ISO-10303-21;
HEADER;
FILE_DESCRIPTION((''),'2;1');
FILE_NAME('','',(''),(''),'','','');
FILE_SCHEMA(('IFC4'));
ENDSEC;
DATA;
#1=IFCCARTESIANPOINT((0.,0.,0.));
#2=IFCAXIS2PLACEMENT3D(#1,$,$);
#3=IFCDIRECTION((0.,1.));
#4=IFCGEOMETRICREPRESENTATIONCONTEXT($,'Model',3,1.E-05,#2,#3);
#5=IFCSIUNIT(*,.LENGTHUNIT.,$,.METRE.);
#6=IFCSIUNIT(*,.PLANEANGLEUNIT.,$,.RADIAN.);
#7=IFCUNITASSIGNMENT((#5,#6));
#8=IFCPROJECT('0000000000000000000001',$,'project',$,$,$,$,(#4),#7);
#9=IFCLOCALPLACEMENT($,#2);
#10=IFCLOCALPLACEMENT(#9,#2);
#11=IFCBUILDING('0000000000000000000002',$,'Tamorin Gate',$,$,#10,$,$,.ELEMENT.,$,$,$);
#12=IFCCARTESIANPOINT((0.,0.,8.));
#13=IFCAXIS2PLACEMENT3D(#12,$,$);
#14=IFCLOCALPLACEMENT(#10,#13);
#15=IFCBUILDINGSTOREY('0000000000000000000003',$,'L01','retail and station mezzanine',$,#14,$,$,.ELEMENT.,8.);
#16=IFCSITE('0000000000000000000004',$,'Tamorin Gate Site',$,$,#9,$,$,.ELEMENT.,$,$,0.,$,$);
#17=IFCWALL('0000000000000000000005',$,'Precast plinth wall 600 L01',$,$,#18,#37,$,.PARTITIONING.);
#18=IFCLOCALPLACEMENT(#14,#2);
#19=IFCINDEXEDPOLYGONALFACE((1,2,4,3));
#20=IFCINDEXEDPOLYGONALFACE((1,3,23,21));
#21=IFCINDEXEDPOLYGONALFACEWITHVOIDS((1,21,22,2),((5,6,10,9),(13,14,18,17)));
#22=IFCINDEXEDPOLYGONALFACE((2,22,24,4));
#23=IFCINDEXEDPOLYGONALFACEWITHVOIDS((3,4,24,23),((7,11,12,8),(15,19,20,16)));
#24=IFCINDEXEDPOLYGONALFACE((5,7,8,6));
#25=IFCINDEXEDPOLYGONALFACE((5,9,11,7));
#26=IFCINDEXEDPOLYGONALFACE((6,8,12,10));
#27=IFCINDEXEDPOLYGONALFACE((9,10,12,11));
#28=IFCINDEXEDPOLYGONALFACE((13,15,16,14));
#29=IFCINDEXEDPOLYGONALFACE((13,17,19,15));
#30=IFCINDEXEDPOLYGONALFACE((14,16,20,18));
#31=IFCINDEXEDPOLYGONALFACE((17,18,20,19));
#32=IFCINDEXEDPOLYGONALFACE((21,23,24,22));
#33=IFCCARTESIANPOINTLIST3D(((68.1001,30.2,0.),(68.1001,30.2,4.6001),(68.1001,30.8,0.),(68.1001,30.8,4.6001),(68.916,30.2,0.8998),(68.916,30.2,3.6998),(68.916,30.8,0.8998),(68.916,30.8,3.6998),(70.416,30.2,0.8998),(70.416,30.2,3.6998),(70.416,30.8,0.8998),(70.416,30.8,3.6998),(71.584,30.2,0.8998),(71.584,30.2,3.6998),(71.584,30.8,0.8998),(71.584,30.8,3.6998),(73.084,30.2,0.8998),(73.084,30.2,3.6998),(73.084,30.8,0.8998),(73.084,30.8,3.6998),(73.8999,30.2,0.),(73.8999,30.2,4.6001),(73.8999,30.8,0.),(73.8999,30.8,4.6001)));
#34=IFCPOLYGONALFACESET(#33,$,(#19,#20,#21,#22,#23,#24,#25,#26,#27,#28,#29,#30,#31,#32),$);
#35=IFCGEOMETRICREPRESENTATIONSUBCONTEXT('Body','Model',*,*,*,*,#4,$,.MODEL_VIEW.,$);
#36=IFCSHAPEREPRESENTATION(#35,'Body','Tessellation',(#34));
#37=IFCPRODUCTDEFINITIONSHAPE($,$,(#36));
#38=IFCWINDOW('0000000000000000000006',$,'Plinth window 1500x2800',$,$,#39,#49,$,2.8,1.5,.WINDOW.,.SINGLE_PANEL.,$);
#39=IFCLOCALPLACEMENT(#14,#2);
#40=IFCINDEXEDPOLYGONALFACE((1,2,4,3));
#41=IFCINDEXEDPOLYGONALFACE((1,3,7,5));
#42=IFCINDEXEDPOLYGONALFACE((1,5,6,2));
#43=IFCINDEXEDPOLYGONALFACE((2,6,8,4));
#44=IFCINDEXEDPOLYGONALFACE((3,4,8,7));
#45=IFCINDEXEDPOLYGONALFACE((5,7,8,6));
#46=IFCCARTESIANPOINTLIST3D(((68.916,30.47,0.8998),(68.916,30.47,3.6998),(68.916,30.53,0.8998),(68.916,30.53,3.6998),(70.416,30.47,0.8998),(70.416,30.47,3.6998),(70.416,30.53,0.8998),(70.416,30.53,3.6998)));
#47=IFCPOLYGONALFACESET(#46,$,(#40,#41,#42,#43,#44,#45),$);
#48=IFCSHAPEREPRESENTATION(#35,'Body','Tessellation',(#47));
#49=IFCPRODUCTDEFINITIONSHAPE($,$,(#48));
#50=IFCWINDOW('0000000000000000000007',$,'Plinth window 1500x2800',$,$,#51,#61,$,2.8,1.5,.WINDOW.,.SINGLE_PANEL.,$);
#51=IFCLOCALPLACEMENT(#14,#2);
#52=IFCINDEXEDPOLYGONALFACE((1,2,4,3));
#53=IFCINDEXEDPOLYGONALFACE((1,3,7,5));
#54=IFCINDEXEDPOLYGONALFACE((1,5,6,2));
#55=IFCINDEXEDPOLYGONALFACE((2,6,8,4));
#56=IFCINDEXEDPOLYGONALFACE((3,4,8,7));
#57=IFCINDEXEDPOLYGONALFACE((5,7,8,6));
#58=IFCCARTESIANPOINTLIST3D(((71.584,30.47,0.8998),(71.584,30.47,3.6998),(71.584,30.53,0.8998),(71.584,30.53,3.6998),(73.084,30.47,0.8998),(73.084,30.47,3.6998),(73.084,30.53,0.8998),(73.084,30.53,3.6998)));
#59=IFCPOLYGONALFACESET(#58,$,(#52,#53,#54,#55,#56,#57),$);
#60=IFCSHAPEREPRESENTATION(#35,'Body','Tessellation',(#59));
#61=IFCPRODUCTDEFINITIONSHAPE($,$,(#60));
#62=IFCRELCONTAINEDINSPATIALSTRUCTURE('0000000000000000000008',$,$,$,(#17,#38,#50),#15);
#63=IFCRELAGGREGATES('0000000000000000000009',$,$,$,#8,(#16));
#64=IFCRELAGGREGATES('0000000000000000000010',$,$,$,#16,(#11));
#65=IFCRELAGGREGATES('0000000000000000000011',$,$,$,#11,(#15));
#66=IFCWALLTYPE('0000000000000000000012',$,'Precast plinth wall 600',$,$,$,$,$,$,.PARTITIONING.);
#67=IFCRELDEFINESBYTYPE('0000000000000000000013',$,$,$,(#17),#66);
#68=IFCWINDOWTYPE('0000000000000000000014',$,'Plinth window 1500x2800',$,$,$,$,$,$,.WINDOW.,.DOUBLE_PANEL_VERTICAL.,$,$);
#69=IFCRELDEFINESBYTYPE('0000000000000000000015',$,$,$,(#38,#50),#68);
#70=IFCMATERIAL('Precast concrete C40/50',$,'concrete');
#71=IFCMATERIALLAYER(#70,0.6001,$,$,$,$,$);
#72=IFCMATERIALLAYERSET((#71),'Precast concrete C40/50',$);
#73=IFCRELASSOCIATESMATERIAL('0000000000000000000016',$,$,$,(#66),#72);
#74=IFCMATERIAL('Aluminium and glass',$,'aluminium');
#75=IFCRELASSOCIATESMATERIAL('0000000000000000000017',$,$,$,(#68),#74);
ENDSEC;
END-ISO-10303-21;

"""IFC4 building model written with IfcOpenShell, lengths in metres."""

from ifc_helpers import new_model, si_unit, direction, frame, frame_2d, origin, place, context, subcontext, project, spatial, rectangle, extrude, material, layer, layer_set, type_object, element, fill, save


model = new_model("IFC4")

# Units and contexts
model_context = context("Model", 3, precision=1e-05, world=origin(), true_north=direction((0.0, 1.0)))
body_context = subcontext(model_context, "Body", "Model", "MODEL_VIEW")
ifc_project = project(units=[si_unit("LENGTHUNIT", "METRE"), si_unit("PLANEANGLEUNIT", "RADIAN")], contexts=[model_context])

# Site, building, storey
site_placement = place(None, origin())
site = spatial("IfcSite", under=ifc_project, at=site_placement, Name="Tamorin Gate Site", CompositionType="ELEMENT", RefElevation=0.0)
building_placement = place(site_placement, origin())
building = spatial("IfcBuilding", under=site, at=building_placement, Name="Tamorin Gate", CompositionType="ELEMENT")
storey_placement = place(building_placement, frame((0.0, 0.0, 8.0)))
storey = spatial("IfcBuildingStorey", under=building, at=storey_placement, Name="L01", Description="retail and station mezzanine", CompositionType="ELEMENT", Elevation=8.0)

# Shared definitions
ifc_material_1 = material(Name="Precast concrete C40/50", Category="concrete")
ifc_layer_1 = layer(ifc_material_1, 0.6001)
ifc_layer_set_1 = layer_set([ifc_layer_1], Name="Precast concrete C40/50")
wall_type_1 = type_object("IfcWallType", Name="Precast plinth wall 600", PredefinedType="PARTITIONING", material=ifc_layer_set_1)
ifc_material_2 = material(Name="Aluminium and glass", Category="aluminium")

# Wall, openings, windows
wall_1_placement = place(storey_placement, frame((68.1001, 30.5, 0.0), z_axis=(0.0, 0.0, 1.0), x_axis=(1.0, 0.0, 0.0)))
wall_1 = element("IfcWall", 1, at=wall_1_placement, inside=storey, type_object=wall_type_1, Name="Precast plinth wall 600 L01", PredefinedType="PARTITIONING", context=body_context, shape_type="SweptSolid", body=[
    extrude(rectangle(XDim=5.7998, YDim=0.6001, at=frame_2d((2.8999, 0.0))), origin(), (0.0, 0.0, 1.0), 4.6001),
])
opening_1_placement = place(wall_1_placement, frame((0.8159, 0.0, 0.8999)))
opening_1 = element("IfcOpeningElement", 2, at=opening_1_placement, cuts=wall_1, PredefinedType="OPENING", context=body_context, shape_type="SweptSolid", body=[
    extrude(rectangle(XDim=1.5, YDim=2.8, at=frame_2d((0.75, 1.3999))), frame((0.0, 0.3101, 0.0), z_axis=(0.0, -1.0, 0.0), x_axis=(1.0, 0.0, 0.0)), (0.0, 0.0, 1.0), 0.6201),
])
opening_2_placement = place(wall_1_placement, frame((3.4839, 0.0, 0.8999)))
opening_2 = element("IfcOpeningElement", 3, at=opening_2_placement, cuts=wall_1, PredefinedType="OPENING", context=body_context, shape_type="SweptSolid", body=[
    extrude(rectangle(XDim=1.5, YDim=2.8, at=frame_2d((0.75, 1.3999))), frame((0.0, 0.3101, 0.0), z_axis=(0.0, -1.0, 0.0), x_axis=(1.0, 0.0, 0.0)), (0.0, 0.0, 1.0), 0.6201),
])
window_type_1 = type_object("IfcWindowType", Name="Plinth window 1500x2800", PartitioningType="DOUBLE_PANEL_VERTICAL", PredefinedType="WINDOW", material=ifc_material_2)
window_1_placement = place(opening_1_placement, origin())
window_1 = element("IfcWindow", 4, at=window_1_placement, inside=storey, type_object=window_type_1, Name="Plinth window 1500x2800", OverallHeight=2.8, OverallWidth=1.5, PartitioningType="SINGLE_PANEL", PredefinedType="WINDOW", context=body_context, shape_type="SweptSolid", body=[
    extrude(rectangle(XDim=1.5, YDim=2.8, at=frame_2d((0.75, 1.3999))), frame((0.0, 0.03, 0.0), z_axis=(0.0, -1.0, 0.0), x_axis=(1.0, 0.0, 0.0)), (0.0, 0.0, 1.0), 0.0601),
])
fill(opening_1, window_1)
window_2_placement = place(opening_2_placement, origin())
window_2 = element("IfcWindow", 5, at=window_2_placement, inside=storey, type_object=window_type_1, Name="Plinth window 1500x2800", OverallHeight=2.8, OverallWidth=1.5, PartitioningType="SINGLE_PANEL", PredefinedType="WINDOW", context=body_context, shape_type="SweptSolid", body=[
    extrude(rectangle(XDim=1.5, YDim=2.8, at=frame_2d((0.75, 1.3999))), frame((0.0, 0.03, 0.0), z_axis=(0.0, -1.0, 0.0), x_axis=(1.0, 0.0, 0.0)), (0.0, 0.0, 1.0), 0.0601),
])
fill(opening_2, window_2)

save(model, "model.ifc")
